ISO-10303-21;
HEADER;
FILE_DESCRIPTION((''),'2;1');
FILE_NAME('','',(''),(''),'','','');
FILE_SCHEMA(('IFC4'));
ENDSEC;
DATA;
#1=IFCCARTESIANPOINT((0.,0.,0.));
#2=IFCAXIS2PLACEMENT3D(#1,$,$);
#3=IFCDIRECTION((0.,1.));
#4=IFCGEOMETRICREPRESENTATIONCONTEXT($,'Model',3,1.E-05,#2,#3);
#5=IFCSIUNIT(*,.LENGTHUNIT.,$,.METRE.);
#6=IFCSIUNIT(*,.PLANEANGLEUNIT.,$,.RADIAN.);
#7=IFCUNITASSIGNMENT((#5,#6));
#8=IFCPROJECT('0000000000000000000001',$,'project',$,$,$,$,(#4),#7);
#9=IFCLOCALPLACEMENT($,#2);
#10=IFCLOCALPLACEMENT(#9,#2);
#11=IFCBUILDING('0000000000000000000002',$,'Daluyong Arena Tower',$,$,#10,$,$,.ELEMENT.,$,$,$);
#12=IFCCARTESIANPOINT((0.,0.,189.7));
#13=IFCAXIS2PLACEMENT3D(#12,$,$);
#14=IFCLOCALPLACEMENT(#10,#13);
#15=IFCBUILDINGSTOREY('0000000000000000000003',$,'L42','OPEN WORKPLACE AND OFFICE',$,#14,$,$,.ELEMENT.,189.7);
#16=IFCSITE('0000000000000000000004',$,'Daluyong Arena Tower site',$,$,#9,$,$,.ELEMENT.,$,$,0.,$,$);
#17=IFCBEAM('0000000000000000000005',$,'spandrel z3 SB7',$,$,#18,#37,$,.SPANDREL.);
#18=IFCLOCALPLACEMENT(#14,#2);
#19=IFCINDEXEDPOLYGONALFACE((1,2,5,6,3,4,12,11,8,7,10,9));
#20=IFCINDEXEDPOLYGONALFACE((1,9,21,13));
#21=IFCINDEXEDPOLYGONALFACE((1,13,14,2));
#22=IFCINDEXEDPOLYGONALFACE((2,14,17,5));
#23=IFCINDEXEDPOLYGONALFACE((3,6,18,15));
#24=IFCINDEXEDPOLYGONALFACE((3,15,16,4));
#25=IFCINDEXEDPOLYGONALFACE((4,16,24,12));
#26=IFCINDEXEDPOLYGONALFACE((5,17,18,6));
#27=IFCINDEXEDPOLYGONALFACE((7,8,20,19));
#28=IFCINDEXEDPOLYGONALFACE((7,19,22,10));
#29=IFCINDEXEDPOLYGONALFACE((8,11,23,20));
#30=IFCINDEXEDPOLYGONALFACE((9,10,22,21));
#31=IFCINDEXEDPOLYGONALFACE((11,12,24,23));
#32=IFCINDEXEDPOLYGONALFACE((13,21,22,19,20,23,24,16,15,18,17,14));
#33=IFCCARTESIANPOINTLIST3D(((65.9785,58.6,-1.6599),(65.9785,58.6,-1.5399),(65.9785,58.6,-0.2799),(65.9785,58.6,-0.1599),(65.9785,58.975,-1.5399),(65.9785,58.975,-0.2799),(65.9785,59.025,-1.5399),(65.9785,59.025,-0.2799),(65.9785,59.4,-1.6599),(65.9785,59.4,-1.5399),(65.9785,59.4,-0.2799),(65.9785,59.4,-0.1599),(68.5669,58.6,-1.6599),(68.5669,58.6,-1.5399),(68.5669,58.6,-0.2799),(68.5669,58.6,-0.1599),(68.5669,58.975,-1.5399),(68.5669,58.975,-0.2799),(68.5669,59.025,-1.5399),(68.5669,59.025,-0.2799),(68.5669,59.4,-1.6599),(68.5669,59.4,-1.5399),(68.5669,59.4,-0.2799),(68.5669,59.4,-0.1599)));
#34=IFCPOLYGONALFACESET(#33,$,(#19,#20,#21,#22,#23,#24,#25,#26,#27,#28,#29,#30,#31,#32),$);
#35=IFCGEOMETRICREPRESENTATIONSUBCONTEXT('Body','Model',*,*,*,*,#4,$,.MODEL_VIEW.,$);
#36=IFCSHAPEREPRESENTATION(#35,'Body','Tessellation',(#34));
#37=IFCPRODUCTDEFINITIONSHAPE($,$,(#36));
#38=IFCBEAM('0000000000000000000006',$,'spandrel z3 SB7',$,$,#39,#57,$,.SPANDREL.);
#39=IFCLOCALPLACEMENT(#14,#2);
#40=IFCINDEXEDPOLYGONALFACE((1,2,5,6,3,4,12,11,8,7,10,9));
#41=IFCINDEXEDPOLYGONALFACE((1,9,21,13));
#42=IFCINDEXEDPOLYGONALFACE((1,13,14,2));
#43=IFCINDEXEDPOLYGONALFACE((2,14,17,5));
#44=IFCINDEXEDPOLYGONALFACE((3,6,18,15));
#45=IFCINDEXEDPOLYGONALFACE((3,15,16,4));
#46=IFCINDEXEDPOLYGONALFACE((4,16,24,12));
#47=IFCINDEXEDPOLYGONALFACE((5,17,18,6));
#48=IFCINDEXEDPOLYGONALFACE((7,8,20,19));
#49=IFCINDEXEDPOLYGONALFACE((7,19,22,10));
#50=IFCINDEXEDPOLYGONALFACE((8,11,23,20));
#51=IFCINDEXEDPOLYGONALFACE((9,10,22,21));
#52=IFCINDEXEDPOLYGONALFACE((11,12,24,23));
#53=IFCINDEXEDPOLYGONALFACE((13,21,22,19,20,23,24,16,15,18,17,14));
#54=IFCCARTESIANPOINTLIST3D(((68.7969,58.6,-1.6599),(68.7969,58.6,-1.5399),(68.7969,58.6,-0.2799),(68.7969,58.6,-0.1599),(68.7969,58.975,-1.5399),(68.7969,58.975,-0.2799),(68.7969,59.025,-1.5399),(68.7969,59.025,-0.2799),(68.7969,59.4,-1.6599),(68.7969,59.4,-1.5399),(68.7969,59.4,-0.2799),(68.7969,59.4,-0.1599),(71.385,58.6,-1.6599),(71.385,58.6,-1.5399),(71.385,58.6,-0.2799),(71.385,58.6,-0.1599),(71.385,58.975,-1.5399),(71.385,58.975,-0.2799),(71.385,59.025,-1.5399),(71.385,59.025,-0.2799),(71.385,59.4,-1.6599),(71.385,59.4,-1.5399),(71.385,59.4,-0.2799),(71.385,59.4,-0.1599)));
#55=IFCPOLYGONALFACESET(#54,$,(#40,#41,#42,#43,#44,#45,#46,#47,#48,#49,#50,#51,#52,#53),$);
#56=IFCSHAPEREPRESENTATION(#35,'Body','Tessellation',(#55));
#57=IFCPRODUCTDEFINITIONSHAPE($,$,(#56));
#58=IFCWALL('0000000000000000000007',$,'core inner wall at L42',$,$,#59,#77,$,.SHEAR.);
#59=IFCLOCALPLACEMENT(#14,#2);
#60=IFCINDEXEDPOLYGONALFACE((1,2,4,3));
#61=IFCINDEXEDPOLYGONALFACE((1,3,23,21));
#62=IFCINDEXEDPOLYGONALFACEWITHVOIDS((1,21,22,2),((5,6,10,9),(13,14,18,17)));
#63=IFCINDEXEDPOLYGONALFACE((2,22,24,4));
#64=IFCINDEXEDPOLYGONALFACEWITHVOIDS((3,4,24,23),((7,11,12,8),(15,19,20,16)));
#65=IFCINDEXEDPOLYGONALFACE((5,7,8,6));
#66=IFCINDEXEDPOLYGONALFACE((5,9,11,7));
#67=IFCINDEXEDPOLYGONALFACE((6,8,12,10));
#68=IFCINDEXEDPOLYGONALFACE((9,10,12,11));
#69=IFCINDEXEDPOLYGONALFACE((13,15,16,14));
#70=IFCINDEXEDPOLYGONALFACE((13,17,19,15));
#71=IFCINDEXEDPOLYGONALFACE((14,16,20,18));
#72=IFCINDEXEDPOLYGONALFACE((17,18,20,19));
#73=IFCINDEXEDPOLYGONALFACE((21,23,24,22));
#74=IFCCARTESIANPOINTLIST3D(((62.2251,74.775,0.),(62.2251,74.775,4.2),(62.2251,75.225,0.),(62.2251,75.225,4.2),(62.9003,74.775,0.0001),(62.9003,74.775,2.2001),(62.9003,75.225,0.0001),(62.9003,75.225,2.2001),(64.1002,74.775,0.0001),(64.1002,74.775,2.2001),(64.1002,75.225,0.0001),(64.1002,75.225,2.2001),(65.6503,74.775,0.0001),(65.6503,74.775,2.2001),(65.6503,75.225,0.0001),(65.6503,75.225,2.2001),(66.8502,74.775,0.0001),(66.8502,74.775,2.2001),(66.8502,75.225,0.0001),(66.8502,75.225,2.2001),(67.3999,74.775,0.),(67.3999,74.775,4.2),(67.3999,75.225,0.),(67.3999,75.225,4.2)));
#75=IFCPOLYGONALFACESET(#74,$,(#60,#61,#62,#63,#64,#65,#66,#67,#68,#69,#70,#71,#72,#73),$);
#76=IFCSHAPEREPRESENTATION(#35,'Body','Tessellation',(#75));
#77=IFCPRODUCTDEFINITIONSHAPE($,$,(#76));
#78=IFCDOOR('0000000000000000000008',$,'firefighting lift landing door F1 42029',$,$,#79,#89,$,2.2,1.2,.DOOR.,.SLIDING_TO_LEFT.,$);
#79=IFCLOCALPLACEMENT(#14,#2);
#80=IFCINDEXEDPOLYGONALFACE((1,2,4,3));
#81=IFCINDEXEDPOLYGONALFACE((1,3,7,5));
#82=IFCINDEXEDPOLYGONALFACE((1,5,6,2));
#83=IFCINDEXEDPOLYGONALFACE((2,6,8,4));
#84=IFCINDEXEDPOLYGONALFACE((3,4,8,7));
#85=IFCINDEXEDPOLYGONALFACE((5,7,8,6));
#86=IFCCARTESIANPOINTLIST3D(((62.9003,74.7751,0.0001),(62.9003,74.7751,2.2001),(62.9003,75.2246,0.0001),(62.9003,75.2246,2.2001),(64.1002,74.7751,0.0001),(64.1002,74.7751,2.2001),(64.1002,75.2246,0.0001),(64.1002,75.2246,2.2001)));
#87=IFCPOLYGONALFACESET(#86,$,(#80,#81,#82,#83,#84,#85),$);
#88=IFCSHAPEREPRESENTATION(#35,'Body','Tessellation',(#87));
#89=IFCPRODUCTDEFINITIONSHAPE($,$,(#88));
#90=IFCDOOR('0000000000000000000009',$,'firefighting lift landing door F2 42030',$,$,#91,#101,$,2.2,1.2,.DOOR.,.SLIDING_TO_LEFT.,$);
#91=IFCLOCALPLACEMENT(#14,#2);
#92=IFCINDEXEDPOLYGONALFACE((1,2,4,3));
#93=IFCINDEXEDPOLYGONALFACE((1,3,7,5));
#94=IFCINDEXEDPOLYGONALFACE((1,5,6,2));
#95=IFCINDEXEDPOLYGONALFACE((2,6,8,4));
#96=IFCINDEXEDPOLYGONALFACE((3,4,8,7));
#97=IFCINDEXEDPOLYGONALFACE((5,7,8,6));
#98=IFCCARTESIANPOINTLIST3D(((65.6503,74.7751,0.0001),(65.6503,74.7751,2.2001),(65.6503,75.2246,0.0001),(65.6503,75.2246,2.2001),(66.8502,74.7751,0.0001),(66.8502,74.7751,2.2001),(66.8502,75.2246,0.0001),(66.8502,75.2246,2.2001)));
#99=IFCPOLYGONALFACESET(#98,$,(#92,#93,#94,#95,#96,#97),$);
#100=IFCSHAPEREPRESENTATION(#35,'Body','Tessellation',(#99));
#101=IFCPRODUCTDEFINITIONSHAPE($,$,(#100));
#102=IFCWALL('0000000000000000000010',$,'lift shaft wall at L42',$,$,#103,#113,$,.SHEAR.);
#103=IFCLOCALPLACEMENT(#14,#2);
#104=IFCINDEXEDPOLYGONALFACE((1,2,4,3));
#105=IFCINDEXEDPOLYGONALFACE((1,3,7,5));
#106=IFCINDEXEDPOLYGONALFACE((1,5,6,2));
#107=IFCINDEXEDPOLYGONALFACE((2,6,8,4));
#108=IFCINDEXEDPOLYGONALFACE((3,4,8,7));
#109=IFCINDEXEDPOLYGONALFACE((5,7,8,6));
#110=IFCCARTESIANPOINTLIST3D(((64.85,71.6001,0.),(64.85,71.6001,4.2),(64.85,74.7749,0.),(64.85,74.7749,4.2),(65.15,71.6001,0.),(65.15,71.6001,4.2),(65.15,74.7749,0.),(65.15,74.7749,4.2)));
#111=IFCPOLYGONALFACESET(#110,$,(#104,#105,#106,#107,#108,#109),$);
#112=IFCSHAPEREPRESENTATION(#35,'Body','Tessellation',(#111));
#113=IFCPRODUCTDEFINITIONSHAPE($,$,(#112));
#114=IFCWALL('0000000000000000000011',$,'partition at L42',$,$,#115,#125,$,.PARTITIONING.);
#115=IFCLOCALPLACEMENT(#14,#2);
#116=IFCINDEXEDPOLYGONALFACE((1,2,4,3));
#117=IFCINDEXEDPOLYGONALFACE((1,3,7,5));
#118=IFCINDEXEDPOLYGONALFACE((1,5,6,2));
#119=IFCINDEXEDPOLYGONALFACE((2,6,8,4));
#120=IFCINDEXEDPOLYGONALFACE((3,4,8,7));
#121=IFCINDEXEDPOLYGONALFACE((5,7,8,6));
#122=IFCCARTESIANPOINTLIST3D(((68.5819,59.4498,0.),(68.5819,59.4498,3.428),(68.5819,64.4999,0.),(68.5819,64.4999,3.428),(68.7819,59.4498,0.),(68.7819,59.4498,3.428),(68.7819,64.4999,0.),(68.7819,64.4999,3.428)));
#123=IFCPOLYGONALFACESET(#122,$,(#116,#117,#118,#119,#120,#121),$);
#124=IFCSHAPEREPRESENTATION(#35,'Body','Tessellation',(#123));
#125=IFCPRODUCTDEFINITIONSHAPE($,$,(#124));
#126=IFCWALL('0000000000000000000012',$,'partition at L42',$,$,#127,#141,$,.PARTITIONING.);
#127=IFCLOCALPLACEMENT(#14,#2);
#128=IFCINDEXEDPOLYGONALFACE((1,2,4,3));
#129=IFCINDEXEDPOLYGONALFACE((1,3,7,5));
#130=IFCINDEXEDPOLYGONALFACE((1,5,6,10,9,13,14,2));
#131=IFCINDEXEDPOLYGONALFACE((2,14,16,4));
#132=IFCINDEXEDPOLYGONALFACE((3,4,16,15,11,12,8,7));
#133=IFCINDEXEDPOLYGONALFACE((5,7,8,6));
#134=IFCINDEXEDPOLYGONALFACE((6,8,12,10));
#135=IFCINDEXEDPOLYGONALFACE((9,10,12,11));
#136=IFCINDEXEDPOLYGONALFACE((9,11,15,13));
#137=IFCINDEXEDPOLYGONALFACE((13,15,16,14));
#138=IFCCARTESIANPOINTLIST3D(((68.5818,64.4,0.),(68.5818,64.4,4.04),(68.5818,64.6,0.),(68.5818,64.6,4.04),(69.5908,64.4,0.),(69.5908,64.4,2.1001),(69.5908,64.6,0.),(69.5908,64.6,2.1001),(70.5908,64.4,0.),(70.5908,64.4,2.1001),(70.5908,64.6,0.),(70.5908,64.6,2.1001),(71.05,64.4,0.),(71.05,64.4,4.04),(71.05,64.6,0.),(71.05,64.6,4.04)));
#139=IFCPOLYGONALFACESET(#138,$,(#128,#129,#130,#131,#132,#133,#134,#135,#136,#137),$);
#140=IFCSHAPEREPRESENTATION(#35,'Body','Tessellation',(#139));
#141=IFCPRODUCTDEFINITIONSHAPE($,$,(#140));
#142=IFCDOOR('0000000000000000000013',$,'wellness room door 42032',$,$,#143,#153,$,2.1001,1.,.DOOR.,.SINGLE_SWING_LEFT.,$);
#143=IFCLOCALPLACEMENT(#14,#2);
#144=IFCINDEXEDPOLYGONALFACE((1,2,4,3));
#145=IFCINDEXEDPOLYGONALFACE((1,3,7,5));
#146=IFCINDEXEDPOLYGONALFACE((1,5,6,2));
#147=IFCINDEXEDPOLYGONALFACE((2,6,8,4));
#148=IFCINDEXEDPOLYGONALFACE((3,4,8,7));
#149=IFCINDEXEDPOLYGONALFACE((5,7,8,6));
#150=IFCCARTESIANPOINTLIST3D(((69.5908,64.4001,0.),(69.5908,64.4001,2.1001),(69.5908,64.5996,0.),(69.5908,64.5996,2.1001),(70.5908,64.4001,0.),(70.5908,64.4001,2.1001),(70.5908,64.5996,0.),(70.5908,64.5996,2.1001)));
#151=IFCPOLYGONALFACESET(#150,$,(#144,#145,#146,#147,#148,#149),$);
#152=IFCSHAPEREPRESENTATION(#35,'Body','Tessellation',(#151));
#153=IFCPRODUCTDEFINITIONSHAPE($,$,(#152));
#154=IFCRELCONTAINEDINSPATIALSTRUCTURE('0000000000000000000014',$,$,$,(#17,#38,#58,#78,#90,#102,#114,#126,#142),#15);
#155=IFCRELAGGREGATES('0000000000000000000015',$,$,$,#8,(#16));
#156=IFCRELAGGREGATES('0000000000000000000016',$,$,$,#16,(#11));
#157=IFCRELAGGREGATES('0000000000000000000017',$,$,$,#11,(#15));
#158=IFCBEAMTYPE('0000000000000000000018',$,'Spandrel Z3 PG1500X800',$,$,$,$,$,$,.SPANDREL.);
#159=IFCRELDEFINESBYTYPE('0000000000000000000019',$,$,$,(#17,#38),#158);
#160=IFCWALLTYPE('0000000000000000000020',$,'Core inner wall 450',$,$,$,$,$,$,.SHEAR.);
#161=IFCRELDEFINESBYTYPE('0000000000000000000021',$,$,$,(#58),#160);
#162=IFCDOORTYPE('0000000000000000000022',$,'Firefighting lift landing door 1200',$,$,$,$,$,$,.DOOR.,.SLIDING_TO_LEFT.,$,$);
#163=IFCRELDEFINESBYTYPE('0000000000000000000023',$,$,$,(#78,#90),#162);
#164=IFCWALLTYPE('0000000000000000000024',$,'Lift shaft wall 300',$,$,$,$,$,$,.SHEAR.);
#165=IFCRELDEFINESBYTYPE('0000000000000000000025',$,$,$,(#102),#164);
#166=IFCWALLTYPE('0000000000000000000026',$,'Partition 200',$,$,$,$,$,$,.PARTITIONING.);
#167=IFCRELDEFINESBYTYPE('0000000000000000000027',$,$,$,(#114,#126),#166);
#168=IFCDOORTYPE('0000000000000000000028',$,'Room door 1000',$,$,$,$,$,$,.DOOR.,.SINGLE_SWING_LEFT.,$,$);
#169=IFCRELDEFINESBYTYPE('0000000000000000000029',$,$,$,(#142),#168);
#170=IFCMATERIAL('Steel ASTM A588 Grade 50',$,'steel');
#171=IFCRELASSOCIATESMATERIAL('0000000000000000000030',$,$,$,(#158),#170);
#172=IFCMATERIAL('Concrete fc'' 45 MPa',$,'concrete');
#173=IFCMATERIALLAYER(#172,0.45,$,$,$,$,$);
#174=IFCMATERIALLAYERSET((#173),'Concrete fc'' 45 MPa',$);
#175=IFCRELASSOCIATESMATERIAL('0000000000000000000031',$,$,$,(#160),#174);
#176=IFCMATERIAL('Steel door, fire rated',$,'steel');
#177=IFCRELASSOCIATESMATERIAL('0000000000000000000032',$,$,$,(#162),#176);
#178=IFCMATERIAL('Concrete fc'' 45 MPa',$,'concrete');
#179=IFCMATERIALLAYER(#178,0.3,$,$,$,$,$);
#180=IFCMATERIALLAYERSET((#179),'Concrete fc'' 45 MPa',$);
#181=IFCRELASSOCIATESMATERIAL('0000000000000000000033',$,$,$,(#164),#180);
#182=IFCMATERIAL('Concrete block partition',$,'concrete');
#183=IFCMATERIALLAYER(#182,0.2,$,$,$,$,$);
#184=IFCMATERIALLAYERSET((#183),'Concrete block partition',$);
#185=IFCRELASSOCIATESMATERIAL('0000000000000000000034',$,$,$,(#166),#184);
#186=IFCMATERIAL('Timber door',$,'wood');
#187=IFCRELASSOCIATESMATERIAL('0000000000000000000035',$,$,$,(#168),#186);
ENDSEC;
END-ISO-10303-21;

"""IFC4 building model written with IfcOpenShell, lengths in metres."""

from ifc_helpers import new_model, si_unit, direction, frame, frame_2d, origin, origin_2d, place, context, subcontext, project, spatial, rectangle, i_section, extrude, material, layer, layer_set, material_profile, profile_set, type_object, element, fill, save


model = new_model("IFC4")

# Units and contexts
model_context = context("Model", 3, precision=1e-05, world=origin(), true_north=direction((0.0, 1.0)))
body_context = subcontext(model_context, "Body", "Model", "MODEL_VIEW")
ifc_project = project(units=[si_unit("LENGTHUNIT", "METRE"), si_unit("PLANEANGLEUNIT", "RADIAN")], contexts=[model_context])

# Site, building, storey
site_placement = place(None, origin())
site = spatial("IfcSite", under=ifc_project, at=site_placement, Name="Daluyong Arena Tower site", CompositionType="ELEMENT", RefElevation=0.0)
building_placement = place(site_placement, origin())
building = spatial("IfcBuilding", under=site, at=building_placement, Name="Daluyong Arena Tower", CompositionType="ELEMENT")
storey_placement = place(building_placement, frame((0.0, 0.0, 189.7)))
storey = spatial("IfcBuildingStorey", under=building, at=storey_placement, Name="L42", Description="OPEN WORKPLACE AND OFFICE", CompositionType="ELEMENT", Elevation=189.7)

# Beams
ifc_material_1 = material(Name="Steel ASTM A588 Grade 50", Category="steel")
ifc_material_profile_1 = material_profile(ifc_material_1, i_section(OverallWidth=0.8, OverallDepth=1.5, WebThickness=0.05, FlangeThickness=0.12, at=origin_2d()))
ifc_profile_set_1 = profile_set([ifc_material_profile_1], Name="Steel ASTM A588 Grade 50")
beam_type_1 = type_object("IfcBeamType", Name="Spandrel Z3 PG1500X800", PredefinedType="SPANDREL", material=ifc_profile_set_1)
beam_1_placement = place(storey_placement, frame((65.9785, 59.0, -0.9099), z_axis=(1.0, 0.0, 0.0), x_axis=(0.0, 1.0, 0.0)))
element("IfcBeam", 1, at=beam_1_placement, inside=storey, type_object=beam_type_1, Name="spandrel z3 SB7", PredefinedType="SPANDREL", context=body_context, shape_type="SweptSolid", body=[
    extrude(i_section(OverallWidth=0.8, OverallDepth=1.5, WebThickness=0.05, FlangeThickness=0.12, at=origin_2d()), origin(), (0.0, 0.0, 1.0), 2.5884),
])
beam_2_placement = place(storey_placement, frame((68.7969, 59.0, -0.9099), z_axis=(1.0, 0.0, 0.0), x_axis=(0.0, 1.0, 0.0)))
element("IfcBeam", 2, at=beam_2_placement, inside=storey, type_object=beam_type_1, Name="spandrel z3 SB7", PredefinedType="SPANDREL", context=body_context, shape_type="SweptSolid", body=[
    extrude(i_section(OverallWidth=0.8, OverallDepth=1.5, WebThickness=0.05, FlangeThickness=0.12, at=origin_2d()), origin(), (0.0, 0.0, 1.0), 2.5881),
])

# Shared definitions
ifc_material_2 = material(Name="Concrete fc' 45 MPa", Category="concrete")
ifc_layer_1 = layer(ifc_material_2, 0.45)
ifc_layer_set_1 = layer_set([ifc_layer_1], Name="Concrete fc' 45 MPa")
wall_type_1 = type_object("IfcWallType", Name="Core inner wall 450", PredefinedType="SHEAR", material=ifc_layer_set_1)

# Wall, openings, doors
wall_1_placement = place(storey_placement, frame((62.2251, 75.0, 0.0), z_axis=(0.0, 0.0, 1.0), x_axis=(1.0, 0.0, 0.0)))
wall_1 = element("IfcWall", 3, at=wall_1_placement, inside=storey, type_object=wall_type_1, Name="core inner wall at L42", PredefinedType="SHEAR", context=body_context, shape_type="SweptSolid", body=[
    extrude(rectangle(XDim=5.1748, YDim=0.45, at=frame_2d((2.5874, 0.0))), origin(), (0.0, 0.0, 1.0), 4.2),
])
opening_1_placement = place(wall_1_placement, frame((0.675, 0.0, 0.0)))
opening_1 = element("IfcOpeningElement", 4, at=opening_1_placement, cuts=wall_1, PredefinedType="OPENING", context=body_context, shape_type="SweptSolid", body=[
    extrude(rectangle(XDim=1.2, YDim=2.2, at=frame_2d((0.6001, 1.1001))), frame((0.0, 0.2349, 0.0), z_axis=(0.0, -1.0, 0.0), x_axis=(1.0, 0.0, 0.0)), (0.0, 0.0, 1.0), 0.47),
])
opening_2_placement = place(wall_1_placement, frame((3.425, 0.0, 0.0)))
opening_2 = element("IfcOpeningElement", 5, at=opening_2_placement, cuts=wall_1, PredefinedType="OPENING", context=body_context, shape_type="SweptSolid", body=[
    extrude(rectangle(XDim=1.2, YDim=2.2, at=frame_2d((0.6001, 1.1001))), frame((0.0, 0.2349, 0.0), z_axis=(0.0, -1.0, 0.0), x_axis=(1.0, 0.0, 0.0)), (0.0, 0.0, 1.0), 0.47),
])
ifc_material_3 = material(Name="Steel door, fire rated", Category="steel")
door_type_1 = type_object("IfcDoorType", Name="Firefighting lift landing door 1200", OperationType="SLIDING_TO_LEFT", PredefinedType="DOOR", material=ifc_material_3)
door_1_placement = place(opening_1_placement, origin())
door_1 = element("IfcDoor", 6, at=door_1_placement, inside=storey, type_object=door_type_1, Name="firefighting lift landing door F1 42029", OperationType="SLIDING_TO_LEFT", OverallHeight=2.2, OverallWidth=1.2, PredefinedType="DOOR", context=body_context, shape_type="SweptSolid", body=[
    extrude(rectangle(XDim=1.2, YDim=2.2, at=frame_2d((0.6001, 1.1001))), frame((0.0, 0.2246, 0.0), z_axis=(0.0, -1.0, 0.0), x_axis=(1.0, 0.0, 0.0)), (0.0, 0.0, 1.0), 0.4495),
])
fill(opening_1, door_1)
door_2_placement = place(opening_2_placement, origin())
door_2 = element("IfcDoor", 7, at=door_2_placement, inside=storey, type_object=door_type_1, Name="firefighting lift landing door F2 42030", OperationType="SLIDING_TO_LEFT", OverallHeight=2.2, OverallWidth=1.2, PredefinedType="DOOR", context=body_context, shape_type="SweptSolid", body=[
    extrude(rectangle(XDim=1.2, YDim=2.2, at=frame_2d((0.6001, 1.1001))), frame((0.0, 0.2246, 0.0), z_axis=(0.0, -1.0, 0.0), x_axis=(1.0, 0.0, 0.0)), (0.0, 0.0, 1.0), 0.4495),
])
fill(opening_2, door_2)

# Walls
ifc_material_4 = material(Name="Concrete fc' 45 MPa", Category="concrete")
ifc_layer_2 = layer(ifc_material_4, 0.3)
ifc_layer_set_2 = layer_set([ifc_layer_2], Name="Concrete fc' 45 MPa")
wall_type_2 = type_object("IfcWallType", Name="Lift shaft wall 300", PredefinedType="SHEAR", material=ifc_layer_set_2)
wall_2_placement = place(storey_placement, frame((65.0, 71.6001, 0.0), z_axis=(0.0, 0.0, 1.0), x_axis=(0.0, 1.0, 0.0)))
element("IfcWall", 8, at=wall_2_placement, inside=storey, type_object=wall_type_2, Name="lift shaft wall at L42", PredefinedType="SHEAR", context=body_context, shape_type="SweptSolid", body=[
    extrude(rectangle(XDim=3.1748, YDim=0.3, at=frame_2d((1.5874, 0.0))), origin(), (0.0, 0.0, 1.0), 4.2),
])
ifc_material_5 = material(Name="Concrete block partition", Category="concrete")
ifc_layer_3 = layer(ifc_material_5, 0.2)
ifc_layer_set_3 = layer_set([ifc_layer_3], Name="Concrete block partition")
wall_type_3 = type_object("IfcWallType", Name="Partition 200", PredefinedType="PARTITIONING", material=ifc_layer_set_3)
wall_3_placement = place(storey_placement, frame((68.6819, 59.45, 0.0), z_axis=(0.0, 0.0, 1.0), x_axis=(0.0, 1.0, 0.0)))
element("IfcWall", 9, at=wall_3_placement, inside=storey, type_object=wall_type_3, Name="partition at L42", PredefinedType="PARTITIONING", context=body_context, shape_type="SweptSolid", body=[
    extrude(rectangle(XDim=5.05, YDim=0.2, at=frame_2d((2.5249, 0.0))), origin(), (0.0, 0.0, 1.0), 3.428),
])

# Wall, opening, door
wall_4_placement = place(storey_placement, frame((68.5818, 64.5, 0.0), z_axis=(0.0, 0.0, 1.0), x_axis=(1.0, 0.0, 0.0)))
wall_4 = element("IfcWall", 10, at=wall_4_placement, inside=storey, type_object=wall_type_3, Name="partition at L42", PredefinedType="PARTITIONING", context=body_context, shape_type="SweptSolid", body=[
    extrude(rectangle(XDim=2.4683, YDim=0.2, at=frame_2d((1.2341, 0.0))), origin(), (0.0, 0.0, 1.0), 4.04),
])
opening_3_placement = place(wall_4_placement, frame((1.009, 0.0, 0.0)))
opening_3 = element("IfcOpeningElement", 11, at=opening_3_placement, cuts=wall_4, PredefinedType="OPENING", context=body_context, shape_type="SweptSolid", body=[
    extrude(rectangle(XDim=1.0, YDim=2.1001, at=frame_2d((0.5, 1.05))), frame((0.0, 0.1099, 0.0), z_axis=(0.0, -1.0, 0.0), x_axis=(1.0, 0.0, 0.0)), (0.0, 0.0, 1.0), 0.22),
])
ifc_material_6 = material(Name="Timber door", Category="wood")
door_type_2 = type_object("IfcDoorType", Name="Room door 1000", OperationType="SINGLE_SWING_LEFT", PredefinedType="DOOR", material=ifc_material_6)
door_3_placement = place(opening_3_placement, origin())
door_3 = element("IfcDoor", 12, at=door_3_placement, inside=storey, type_object=door_type_2, Name="wellness room door 42032", OperationType="SINGLE_SWING_LEFT", OverallHeight=2.1001, OverallWidth=1.0, PredefinedType="DOOR", context=body_context, shape_type="SweptSolid", body=[
    extrude(rectangle(XDim=1.0, YDim=2.1001, at=frame_2d((0.5, 1.05))), frame((0.0, 0.0996, 0.0), z_axis=(0.0, -1.0, 0.0), x_axis=(1.0, 0.0, 0.0)), (0.0, 0.0, 1.0), 0.1995),
])
fill(opening_3, door_3)

save(model, "model.ifc")
